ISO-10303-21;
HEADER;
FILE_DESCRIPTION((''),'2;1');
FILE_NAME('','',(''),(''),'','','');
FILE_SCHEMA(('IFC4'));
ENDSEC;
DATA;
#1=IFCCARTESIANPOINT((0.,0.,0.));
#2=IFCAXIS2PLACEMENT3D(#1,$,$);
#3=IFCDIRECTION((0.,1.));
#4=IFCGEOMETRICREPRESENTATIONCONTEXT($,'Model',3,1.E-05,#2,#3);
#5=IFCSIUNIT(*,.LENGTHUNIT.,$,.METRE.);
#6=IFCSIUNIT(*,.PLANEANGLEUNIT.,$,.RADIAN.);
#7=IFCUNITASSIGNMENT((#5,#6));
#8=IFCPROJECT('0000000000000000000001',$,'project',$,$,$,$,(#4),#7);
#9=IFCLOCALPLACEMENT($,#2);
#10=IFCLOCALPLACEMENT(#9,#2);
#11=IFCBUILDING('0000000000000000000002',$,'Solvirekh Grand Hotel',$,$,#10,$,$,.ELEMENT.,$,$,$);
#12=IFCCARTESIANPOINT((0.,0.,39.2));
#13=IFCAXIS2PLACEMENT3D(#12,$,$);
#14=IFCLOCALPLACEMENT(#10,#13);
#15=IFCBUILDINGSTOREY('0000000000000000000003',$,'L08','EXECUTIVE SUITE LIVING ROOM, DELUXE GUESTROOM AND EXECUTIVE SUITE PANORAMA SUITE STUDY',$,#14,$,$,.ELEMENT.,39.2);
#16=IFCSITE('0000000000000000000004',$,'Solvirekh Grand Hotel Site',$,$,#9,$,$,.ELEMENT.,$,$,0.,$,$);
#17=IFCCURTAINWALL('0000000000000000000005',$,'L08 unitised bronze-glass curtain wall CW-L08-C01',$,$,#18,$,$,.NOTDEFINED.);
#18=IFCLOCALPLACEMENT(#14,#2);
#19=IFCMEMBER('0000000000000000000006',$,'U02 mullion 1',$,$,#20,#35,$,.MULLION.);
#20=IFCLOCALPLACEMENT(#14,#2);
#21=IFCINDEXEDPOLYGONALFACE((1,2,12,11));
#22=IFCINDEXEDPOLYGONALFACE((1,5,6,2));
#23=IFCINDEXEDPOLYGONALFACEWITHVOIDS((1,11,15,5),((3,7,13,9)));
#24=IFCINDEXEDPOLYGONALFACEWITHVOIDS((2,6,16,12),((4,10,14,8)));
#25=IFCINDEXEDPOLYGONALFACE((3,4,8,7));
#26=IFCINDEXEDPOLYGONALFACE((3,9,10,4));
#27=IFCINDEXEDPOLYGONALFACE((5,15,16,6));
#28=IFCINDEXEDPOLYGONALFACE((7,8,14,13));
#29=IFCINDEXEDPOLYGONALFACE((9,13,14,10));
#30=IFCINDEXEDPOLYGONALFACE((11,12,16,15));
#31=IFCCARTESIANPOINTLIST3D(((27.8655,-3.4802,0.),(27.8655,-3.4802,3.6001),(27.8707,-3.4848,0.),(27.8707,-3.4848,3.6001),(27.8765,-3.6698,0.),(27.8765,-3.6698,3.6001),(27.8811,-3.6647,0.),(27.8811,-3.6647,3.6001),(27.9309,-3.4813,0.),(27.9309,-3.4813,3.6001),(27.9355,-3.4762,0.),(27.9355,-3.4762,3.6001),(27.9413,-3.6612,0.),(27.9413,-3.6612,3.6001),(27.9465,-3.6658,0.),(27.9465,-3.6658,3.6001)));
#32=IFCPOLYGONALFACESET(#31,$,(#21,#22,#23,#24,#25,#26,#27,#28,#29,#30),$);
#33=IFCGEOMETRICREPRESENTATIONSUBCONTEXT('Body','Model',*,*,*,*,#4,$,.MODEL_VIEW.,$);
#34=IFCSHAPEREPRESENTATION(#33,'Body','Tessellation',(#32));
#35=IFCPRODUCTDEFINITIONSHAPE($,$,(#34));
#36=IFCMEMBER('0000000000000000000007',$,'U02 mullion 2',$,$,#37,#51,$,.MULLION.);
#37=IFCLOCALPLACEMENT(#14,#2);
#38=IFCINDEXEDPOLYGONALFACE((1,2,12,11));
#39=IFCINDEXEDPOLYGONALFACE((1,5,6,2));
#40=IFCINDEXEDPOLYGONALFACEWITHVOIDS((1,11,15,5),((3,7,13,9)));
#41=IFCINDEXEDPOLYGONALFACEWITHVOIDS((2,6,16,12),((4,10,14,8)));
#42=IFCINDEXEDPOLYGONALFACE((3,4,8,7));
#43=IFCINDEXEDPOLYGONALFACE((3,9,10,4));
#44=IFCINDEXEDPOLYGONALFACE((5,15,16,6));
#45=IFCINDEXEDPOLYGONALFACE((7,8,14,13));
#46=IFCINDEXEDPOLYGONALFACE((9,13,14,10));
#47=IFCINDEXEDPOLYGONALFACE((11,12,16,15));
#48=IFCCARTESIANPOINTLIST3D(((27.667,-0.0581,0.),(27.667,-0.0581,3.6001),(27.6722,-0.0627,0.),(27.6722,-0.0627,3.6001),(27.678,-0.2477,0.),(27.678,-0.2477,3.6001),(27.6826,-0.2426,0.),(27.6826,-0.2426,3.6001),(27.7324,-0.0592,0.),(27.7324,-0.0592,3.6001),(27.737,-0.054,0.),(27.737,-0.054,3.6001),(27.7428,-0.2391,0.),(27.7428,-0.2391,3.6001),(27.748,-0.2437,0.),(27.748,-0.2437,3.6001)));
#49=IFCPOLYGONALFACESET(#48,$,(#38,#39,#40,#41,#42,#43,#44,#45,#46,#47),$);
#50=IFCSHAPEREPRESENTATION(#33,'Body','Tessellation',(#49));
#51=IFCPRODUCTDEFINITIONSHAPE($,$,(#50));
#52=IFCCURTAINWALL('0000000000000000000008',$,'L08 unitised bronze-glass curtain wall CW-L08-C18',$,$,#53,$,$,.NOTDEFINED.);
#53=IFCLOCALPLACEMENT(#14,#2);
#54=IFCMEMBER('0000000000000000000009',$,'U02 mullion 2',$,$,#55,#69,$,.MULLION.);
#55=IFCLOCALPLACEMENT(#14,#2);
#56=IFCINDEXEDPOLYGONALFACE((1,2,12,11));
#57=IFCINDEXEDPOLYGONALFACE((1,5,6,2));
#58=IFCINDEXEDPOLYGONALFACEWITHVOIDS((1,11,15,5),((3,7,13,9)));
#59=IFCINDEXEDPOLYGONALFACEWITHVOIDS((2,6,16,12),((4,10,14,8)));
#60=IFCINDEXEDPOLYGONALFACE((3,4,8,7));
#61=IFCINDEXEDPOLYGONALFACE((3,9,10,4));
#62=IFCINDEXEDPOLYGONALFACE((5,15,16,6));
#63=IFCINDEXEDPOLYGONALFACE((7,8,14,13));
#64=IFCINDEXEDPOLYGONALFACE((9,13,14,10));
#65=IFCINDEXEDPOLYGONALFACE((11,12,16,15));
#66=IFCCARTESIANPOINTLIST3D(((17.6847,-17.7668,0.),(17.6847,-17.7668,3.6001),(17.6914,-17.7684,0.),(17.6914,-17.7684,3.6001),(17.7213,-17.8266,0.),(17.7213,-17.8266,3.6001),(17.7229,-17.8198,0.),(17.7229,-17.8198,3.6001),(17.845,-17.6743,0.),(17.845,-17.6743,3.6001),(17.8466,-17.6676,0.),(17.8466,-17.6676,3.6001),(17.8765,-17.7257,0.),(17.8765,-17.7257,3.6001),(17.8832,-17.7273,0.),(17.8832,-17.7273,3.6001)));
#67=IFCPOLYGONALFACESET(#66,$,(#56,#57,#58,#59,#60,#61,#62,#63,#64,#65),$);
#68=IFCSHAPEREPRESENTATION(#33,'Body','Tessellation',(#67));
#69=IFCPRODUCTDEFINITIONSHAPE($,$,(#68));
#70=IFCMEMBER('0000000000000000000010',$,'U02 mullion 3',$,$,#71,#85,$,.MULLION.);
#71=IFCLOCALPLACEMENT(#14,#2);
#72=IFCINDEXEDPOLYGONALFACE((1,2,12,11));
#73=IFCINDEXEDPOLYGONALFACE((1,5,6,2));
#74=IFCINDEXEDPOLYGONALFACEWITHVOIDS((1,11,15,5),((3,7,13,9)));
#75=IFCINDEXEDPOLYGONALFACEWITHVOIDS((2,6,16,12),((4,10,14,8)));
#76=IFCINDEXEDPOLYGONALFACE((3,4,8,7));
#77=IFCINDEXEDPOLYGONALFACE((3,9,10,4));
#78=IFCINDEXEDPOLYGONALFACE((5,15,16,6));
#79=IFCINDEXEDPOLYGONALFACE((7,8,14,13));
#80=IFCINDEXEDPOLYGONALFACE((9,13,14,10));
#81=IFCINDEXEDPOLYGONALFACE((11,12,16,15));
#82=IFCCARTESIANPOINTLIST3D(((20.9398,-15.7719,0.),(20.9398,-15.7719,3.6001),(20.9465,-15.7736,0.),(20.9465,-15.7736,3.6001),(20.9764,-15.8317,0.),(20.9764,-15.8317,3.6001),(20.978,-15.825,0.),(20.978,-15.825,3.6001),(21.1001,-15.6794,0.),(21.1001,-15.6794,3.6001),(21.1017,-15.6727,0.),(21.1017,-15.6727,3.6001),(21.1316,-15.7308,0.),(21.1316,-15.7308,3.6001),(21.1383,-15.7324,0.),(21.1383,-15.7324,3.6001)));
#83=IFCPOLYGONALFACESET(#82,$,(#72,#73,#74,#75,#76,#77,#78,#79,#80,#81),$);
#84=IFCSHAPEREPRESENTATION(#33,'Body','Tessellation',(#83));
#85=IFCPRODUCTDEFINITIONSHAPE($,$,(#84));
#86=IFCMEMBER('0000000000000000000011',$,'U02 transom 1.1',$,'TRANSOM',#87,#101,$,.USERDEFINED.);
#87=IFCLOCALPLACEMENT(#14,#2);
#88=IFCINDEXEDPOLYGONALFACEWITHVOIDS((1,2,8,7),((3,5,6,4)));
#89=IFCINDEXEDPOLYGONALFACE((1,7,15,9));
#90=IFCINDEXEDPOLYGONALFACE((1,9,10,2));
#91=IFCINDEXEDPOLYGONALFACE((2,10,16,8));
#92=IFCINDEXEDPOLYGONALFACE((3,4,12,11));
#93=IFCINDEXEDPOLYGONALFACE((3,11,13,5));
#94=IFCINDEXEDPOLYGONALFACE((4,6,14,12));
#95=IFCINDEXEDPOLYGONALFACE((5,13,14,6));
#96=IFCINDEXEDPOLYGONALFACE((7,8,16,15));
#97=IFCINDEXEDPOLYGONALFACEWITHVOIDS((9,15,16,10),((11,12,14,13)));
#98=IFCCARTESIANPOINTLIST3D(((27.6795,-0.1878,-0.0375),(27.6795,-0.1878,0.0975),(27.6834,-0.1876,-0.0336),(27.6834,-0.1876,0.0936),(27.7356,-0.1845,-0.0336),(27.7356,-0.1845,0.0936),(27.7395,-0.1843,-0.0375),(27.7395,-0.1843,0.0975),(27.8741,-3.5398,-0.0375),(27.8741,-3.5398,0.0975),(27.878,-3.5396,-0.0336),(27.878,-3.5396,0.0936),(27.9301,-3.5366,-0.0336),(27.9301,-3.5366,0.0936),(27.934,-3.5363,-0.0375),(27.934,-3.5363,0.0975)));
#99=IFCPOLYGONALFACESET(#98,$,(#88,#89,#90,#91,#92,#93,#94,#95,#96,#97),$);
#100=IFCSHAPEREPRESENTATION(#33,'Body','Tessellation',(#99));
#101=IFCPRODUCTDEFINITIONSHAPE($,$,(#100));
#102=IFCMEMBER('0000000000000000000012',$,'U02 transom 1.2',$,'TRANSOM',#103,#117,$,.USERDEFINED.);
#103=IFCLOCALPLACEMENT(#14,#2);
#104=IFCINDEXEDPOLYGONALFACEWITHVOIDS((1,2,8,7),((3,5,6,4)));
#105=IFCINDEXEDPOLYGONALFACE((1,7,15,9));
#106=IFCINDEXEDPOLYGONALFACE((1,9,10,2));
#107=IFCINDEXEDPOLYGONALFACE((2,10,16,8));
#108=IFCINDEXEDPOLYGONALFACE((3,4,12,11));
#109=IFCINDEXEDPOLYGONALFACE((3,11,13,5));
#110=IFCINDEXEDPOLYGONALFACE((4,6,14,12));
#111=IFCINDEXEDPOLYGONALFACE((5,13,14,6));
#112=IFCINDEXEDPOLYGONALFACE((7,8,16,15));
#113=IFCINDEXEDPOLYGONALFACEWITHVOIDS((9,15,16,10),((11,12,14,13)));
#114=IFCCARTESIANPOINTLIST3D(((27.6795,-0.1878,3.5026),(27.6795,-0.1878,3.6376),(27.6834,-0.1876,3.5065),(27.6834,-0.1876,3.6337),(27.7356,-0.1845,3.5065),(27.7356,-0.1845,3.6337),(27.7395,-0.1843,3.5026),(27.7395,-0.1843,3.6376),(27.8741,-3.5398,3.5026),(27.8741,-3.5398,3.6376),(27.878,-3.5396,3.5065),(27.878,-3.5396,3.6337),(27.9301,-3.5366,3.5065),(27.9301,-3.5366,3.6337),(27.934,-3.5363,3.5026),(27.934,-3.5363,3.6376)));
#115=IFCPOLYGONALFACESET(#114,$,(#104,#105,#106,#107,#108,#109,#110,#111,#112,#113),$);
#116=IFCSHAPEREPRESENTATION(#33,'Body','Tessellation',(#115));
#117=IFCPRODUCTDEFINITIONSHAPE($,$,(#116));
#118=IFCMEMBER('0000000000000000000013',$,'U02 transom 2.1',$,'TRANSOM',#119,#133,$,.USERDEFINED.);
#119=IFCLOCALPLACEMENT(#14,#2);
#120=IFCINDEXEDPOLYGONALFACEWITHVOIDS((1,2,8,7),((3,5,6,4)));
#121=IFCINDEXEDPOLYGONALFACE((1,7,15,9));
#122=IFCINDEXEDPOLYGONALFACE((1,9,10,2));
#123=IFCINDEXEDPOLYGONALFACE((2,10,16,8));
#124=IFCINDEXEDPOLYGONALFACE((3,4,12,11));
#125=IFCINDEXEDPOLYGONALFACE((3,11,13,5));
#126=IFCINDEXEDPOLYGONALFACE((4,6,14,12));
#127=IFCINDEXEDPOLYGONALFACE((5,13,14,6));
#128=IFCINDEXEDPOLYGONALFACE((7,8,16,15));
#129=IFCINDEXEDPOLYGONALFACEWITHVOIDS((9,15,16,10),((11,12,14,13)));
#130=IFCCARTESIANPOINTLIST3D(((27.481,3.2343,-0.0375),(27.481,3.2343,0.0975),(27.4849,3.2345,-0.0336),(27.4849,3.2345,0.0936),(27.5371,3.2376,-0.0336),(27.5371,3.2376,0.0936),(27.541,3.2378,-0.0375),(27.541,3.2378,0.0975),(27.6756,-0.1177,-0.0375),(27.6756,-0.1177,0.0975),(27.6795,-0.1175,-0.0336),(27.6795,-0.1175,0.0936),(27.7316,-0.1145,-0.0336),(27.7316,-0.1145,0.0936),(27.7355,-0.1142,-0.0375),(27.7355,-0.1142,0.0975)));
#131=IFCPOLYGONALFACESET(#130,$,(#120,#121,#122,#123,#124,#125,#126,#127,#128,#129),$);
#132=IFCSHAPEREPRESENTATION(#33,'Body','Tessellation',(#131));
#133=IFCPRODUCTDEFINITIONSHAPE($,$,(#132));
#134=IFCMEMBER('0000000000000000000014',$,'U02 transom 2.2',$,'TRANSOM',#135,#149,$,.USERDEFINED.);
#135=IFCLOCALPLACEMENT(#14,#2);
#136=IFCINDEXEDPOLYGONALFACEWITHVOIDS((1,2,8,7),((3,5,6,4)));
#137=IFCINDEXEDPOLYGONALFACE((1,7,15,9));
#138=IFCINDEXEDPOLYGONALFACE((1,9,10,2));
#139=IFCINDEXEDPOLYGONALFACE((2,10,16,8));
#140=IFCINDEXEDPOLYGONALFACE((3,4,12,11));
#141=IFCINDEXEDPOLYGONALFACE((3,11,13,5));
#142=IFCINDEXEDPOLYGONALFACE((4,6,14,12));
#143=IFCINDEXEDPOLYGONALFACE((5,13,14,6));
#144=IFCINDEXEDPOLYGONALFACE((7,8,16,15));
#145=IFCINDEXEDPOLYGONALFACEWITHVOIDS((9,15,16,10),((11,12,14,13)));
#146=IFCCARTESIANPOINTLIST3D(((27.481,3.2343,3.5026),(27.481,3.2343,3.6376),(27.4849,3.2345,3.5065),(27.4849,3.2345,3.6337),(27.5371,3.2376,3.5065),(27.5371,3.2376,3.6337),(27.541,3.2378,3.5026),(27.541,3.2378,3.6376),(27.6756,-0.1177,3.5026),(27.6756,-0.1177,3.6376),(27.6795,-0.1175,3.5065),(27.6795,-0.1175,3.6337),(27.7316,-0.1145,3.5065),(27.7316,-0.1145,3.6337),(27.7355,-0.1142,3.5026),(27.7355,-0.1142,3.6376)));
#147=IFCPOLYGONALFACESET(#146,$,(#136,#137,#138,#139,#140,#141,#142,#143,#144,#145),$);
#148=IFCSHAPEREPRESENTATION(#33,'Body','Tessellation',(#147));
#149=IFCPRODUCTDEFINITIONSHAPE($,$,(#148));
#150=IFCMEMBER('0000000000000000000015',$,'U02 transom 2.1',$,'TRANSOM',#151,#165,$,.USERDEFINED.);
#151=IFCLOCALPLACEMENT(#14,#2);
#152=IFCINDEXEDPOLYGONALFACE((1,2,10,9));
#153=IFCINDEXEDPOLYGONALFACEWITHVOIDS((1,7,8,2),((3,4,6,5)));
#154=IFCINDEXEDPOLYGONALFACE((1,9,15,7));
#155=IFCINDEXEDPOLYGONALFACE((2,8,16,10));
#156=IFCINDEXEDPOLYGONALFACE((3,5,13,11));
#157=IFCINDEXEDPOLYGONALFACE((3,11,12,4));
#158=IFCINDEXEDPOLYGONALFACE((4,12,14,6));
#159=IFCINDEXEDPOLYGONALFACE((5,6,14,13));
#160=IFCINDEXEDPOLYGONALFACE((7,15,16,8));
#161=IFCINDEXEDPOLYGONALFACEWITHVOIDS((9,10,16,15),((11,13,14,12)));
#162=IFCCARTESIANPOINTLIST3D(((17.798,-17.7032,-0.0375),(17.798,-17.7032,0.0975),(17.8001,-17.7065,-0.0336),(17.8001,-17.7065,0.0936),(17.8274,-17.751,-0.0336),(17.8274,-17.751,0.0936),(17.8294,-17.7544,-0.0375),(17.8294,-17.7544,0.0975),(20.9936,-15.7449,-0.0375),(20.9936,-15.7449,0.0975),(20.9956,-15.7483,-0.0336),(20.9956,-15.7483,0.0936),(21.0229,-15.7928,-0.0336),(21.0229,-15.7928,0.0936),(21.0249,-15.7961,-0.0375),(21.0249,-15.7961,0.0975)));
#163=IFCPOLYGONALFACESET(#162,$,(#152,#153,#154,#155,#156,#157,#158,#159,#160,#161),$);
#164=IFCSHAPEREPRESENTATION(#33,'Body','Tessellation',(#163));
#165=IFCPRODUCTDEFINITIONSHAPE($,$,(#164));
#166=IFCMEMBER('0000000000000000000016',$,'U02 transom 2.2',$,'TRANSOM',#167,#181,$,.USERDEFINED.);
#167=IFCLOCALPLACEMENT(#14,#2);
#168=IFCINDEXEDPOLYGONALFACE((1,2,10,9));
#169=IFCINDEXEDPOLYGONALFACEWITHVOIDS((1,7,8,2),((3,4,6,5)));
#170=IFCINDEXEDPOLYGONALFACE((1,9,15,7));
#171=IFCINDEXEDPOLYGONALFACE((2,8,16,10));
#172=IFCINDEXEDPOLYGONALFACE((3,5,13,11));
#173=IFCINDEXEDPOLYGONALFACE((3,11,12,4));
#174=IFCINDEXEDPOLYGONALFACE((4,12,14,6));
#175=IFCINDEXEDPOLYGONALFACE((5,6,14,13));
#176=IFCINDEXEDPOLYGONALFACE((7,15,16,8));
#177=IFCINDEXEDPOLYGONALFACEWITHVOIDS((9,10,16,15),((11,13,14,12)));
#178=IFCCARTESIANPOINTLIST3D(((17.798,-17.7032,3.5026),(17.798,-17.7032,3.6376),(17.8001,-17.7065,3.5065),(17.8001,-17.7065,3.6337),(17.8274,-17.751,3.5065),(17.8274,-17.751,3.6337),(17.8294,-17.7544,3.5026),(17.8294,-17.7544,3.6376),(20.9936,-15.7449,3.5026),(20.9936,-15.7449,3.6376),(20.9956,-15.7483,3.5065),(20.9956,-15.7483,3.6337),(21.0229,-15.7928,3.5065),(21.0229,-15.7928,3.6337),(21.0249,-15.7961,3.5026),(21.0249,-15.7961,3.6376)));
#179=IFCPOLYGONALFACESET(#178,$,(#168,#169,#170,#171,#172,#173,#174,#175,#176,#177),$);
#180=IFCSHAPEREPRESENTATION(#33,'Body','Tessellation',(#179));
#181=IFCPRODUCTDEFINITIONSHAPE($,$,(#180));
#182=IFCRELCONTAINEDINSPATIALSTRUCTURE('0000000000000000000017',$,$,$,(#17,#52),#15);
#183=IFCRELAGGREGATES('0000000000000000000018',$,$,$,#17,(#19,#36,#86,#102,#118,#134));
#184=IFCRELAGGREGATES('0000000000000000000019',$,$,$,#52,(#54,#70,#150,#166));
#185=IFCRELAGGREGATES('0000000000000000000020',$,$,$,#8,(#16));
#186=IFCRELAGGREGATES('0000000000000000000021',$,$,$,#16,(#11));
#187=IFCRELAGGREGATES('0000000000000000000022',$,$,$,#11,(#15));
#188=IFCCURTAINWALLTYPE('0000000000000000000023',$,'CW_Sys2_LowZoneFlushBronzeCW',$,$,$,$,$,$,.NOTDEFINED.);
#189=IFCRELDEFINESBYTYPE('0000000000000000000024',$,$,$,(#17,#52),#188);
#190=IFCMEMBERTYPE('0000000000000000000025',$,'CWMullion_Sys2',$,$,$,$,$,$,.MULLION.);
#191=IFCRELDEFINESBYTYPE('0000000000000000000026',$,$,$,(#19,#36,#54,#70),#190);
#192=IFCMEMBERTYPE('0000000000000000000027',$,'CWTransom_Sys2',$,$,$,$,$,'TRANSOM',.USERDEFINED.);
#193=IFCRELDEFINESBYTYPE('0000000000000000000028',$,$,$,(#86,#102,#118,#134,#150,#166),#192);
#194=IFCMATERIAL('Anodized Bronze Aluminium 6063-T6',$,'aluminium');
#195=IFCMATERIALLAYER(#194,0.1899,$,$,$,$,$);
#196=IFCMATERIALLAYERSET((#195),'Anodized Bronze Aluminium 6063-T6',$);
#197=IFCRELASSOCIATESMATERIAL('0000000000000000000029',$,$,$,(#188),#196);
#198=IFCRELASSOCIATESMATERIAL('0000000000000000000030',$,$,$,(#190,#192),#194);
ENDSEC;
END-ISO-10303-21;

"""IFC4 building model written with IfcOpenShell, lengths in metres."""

from ifc_helpers import new_model, si_unit, direction, frame, origin, origin_2d, place, context, subcontext, project, spatial, hollow_rectangle, extrude, source, transform, mapped, material, layer, layer_set, material_profile, profile_set, type_object, element, aggregate, save


model = new_model("IFC4")

# Units and contexts
model_context = context("Model", 3, precision=1e-05, world=origin(), true_north=direction((0.0, 1.0)))
body_context = subcontext(model_context, "Body", "Model", "MODEL_VIEW")
ifc_project = project(units=[si_unit("LENGTHUNIT", "METRE"), si_unit("PLANEANGLEUNIT", "RADIAN")], contexts=[model_context])

# Site, building, storey
site_placement = place(None, origin())
site = spatial("IfcSite", under=ifc_project, at=site_placement, Name="Solvirekh Grand Hotel Site", CompositionType="ELEMENT", RefElevation=0.0)
building_placement = place(site_placement, origin())
building = spatial("IfcBuilding", under=site, at=building_placement, Name="Solvirekh Grand Hotel", CompositionType="ELEMENT")
storey_placement = place(building_placement, frame((0.0, 0.0, 39.2)))
storey = spatial("IfcBuildingStorey", under=building, at=storey_placement, Name="L08", Description="EXECUTIVE SUITE LIVING ROOM, DELUXE GUESTROOM AND EXECUTIVE SUITE PANORAMA SUITE STUDY", CompositionType="ELEMENT", Elevation=39.2)

# Curtain walls, members
ifc_material_1 = material(Name="Anodized Bronze Aluminium 6063-T6", Category="aluminium")
ifc_layer_1 = layer(ifc_material_1, 0.1899)
ifc_layer_set_1 = layer_set([ifc_layer_1], Name="Anodized Bronze Aluminium 6063-T6")
curtain_wall_type = type_object("IfcCurtainWallType", Name="CW_Sys2_LowZoneFlushBronzeCW", PredefinedType="NOTDEFINED", material=ifc_layer_set_1)
curtain_wall_1_placement = place(storey_placement, origin())
curtain_wall_1 = element("IfcCurtainWall", 1, at=curtain_wall_1_placement, inside=storey, type_object=curtain_wall_type, Name="L08 unitised bronze-glass curtain wall CW-L08-C01", PredefinedType="NOTDEFINED")
ifc_material_profile_1 = material_profile(ifc_material_1, hollow_rectangle(XDim=0.0701, YDim=0.1899, WallThickness=0.0049, at=origin_2d()), Name="ALU RHS 190X70X5")
ifc_profile_set_1 = profile_set([ifc_material_profile_1], Name="Anodized Bronze Aluminium 6063-T6")
member_type_1 = type_object("IfcMemberType", Name="CWMullion_Sys2", PredefinedType="MULLION", material=ifc_profile_set_1)
shared_shape_1 = source(origin(), body_context, "Body", "SweptSolid", [
    extrude(hollow_rectangle(XDim=0.0701, YDim=0.1899, WallThickness=0.0049, at=origin_2d()), origin(), (0.0, 0.0, 1.0), 3.6001),
])
member_1_placement = place(storey_placement, frame((27.906, -3.573, 0.0), z_axis=(0.0, 0.0, 1.0), x_axis=(-0.998322, -0.057901, 0.0)))
member_1 = element("IfcMember", 2, at=member_1_placement, type_object=member_type_1, Name="U02 mullion 1", PredefinedType="MULLION", context=body_context, shape_type="MappedRepresentation", body=[
    mapped(shared_shape_1, transform((0.0, 0.0, 0.0), x_axis=(1.0, 0.0, 0.0), y_axis=(0.0, 1.0, 0.0), z_axis=(0.0, 0.0, 1.0), scale=1.0)),
])
member_2_placement = place(storey_placement, frame((27.7075, -0.1509, 0.0), z_axis=(0.0, 0.0, 1.0), x_axis=(-0.998322, -0.057901, 0.0)))
member_2 = element("IfcMember", 3, at=member_2_placement, type_object=member_type_1, Name="U02 mullion 2", PredefinedType="MULLION", context=body_context, shape_type="MappedRepresentation", body=[
    mapped(shared_shape_1, transform((0.0, 0.0, 0.0), x_axis=(1.0, 0.0, 0.0), y_axis=(0.0, 1.0, 0.0), z_axis=(0.0, 0.0, 1.0), scale=1.0)),
])
curtain_wall_2_placement = place(storey_placement, origin())
curtain_wall_2 = element("IfcCurtainWall", 4, at=curtain_wall_2_placement, inside=storey, type_object=curtain_wall_type, Name="L08 unitised bronze-glass curtain wall CW-L08-C18", PredefinedType="NOTDEFINED")
member_3_placement = place(storey_placement, frame((17.7839, -17.7471, 0.0), z_axis=(0.0, 0.0, 1.0), x_axis=(-0.522489, 0.852646, 0.0)))
member_3 = element("IfcMember", 5, at=member_3_placement, type_object=member_type_1, Name="U02 mullion 2", PredefinedType="MULLION", context=body_context, shape_type="MappedRepresentation", body=[
    mapped(shared_shape_1, transform((0.0, 0.0, 0.0), x_axis=(1.0, 0.0, 0.0), y_axis=(0.0, 1.0, 0.0), z_axis=(0.0, 0.0, 1.0), scale=1.0)),
])
member_4_placement = place(storey_placement, frame((21.0391, -15.7522, 0.0), z_axis=(0.0, 0.0, 1.0), x_axis=(-0.522489, 0.852646, 0.0)))
member_4 = element("IfcMember", 6, at=member_4_placement, type_object=member_type_1, Name="U02 mullion 3", PredefinedType="MULLION", context=body_context, shape_type="MappedRepresentation", body=[
    mapped(shared_shape_1, transform((0.0, 0.0, 0.0), x_axis=(1.0, 0.0, 0.0), y_axis=(0.0, 1.0, 0.0), z_axis=(0.0, 0.0, 1.0), scale=1.0)),
])

# Members
ifc_material_profile_2 = material_profile(ifc_material_1, hollow_rectangle(XDim=0.0601, YDim=0.135, WallThickness=0.0039, at=origin_2d()), Name="ALU RHS 135X60X4")
ifc_profile_set_2 = profile_set([ifc_material_profile_2], Name="Anodized Bronze Aluminium 6063-T6")
member_type_2 = type_object("IfcMemberType", Name="CWTransom_Sys2", ElementType="TRANSOM", PredefinedType="USERDEFINED", material=ifc_profile_set_2)
shared_shape_2 = source(origin(), body_context, "Body", "SweptSolid", [
    extrude(hollow_rectangle(XDim=0.0601, YDim=0.135, WallThickness=0.0039, at=origin_2d()), origin(), (0.0, 0.0, 1.0), 3.3577),
])
member_5_placement = place(storey_placement, frame((27.9041, -3.5381, 0.03), z_axis=(-0.057951, 0.998319, 0.0), x_axis=(-0.998319, -0.057951, 0.0)))
member_5 = element("IfcMember", 7, at=member_5_placement, type_object=member_type_2, Name="U02 transom 1.1", ObjectType="TRANSOM", PredefinedType="USERDEFINED", context=body_context, shape_type="MappedRepresentation", body=[
    mapped(shared_shape_2, transform((0.0, 0.0, 0.0), x_axis=(1.0, 0.0, 0.0), y_axis=(0.0, 1.0, 0.0), z_axis=(0.0, 0.0, 1.0), scale=1.0)),
])
member_6_placement = place(storey_placement, frame((27.9041, -3.5381, 3.5701), z_axis=(-0.057951, 0.998319, 0.0), x_axis=(-0.998319, -0.057951, 0.0)))
member_6 = element("IfcMember", 8, at=member_6_placement, type_object=member_type_2, Name="U02 transom 1.2", ObjectType="TRANSOM", PredefinedType="USERDEFINED", context=body_context, shape_type="MappedRepresentation", body=[
    mapped(shared_shape_2, transform((0.0, 0.0, 0.0), x_axis=(1.0, 0.0, 0.0), y_axis=(0.0, 1.0, 0.0), z_axis=(0.0, 0.0, 1.0), scale=1.0)),
])
member_7_placement = place(storey_placement, frame((27.7056, -0.116, 0.03), z_axis=(-0.057951, 0.998319, 0.0), x_axis=(-0.998319, -0.057951, 0.0)))
member_7 = element("IfcMember", 9, at=member_7_placement, type_object=member_type_2, Name="U02 transom 2.1", ObjectType="TRANSOM", PredefinedType="USERDEFINED", context=body_context, shape_type="MappedRepresentation", body=[
    mapped(shared_shape_2, transform((0.0, 0.0, 0.0), x_axis=(1.0, 0.0, 0.0), y_axis=(0.0, 1.0, 0.0), z_axis=(0.0, 0.0, 1.0), scale=1.0)),
])
member_8_placement = place(storey_placement, frame((27.7056, -0.116, 3.5701), z_axis=(-0.057951, 0.998319, 0.0), x_axis=(-0.998319, -0.057951, 0.0)))
member_8 = element("IfcMember", 10, at=member_8_placement, type_object=member_type_2, Name="U02 transom 2.2", ObjectType="TRANSOM", PredefinedType="USERDEFINED", context=body_context, shape_type="MappedRepresentation", body=[
    mapped(shared_shape_2, transform((0.0, 0.0, 0.0), x_axis=(1.0, 0.0, 0.0), y_axis=(0.0, 1.0, 0.0), z_axis=(0.0, 0.0, 1.0), scale=1.0)),
])
shared_shape_3 = source(origin(), body_context, "Body", "SweptSolid", [
    extrude(hollow_rectangle(XDim=0.0601, YDim=0.135, WallThickness=0.0039, at=origin_2d()), origin(), (0.0, 0.0, 1.0), 3.7478),
])
member_9_placement = place(storey_placement, frame((17.8137, -17.7288, 0.03), z_axis=(0.852639, 0.522501, 0.0), x_axis=(-0.522501, 0.852639, 0.0)))
member_9 = element("IfcMember", 11, at=member_9_placement, type_object=member_type_2, Name="U02 transom 2.1", ObjectType="TRANSOM", PredefinedType="USERDEFINED", context=body_context, shape_type="MappedRepresentation", body=[
    mapped(shared_shape_3, transform((0.0, 0.0, 0.0), x_axis=(1.0, 0.0, 0.0), y_axis=(0.0, 1.0, 0.0), z_axis=(0.0, 0.0, 1.0), scale=1.0)),
])
member_10_placement = place(storey_placement, frame((17.8137, -17.7288, 3.5701), z_axis=(0.852639, 0.522501, 0.0), x_axis=(-0.522501, 0.852639, 0.0)))
member_10 = element("IfcMember", 12, at=member_10_placement, type_object=member_type_2, Name="U02 transom 2.2", ObjectType="TRANSOM", PredefinedType="USERDEFINED", context=body_context, shape_type="MappedRepresentation", body=[
    mapped(shared_shape_3, transform((0.0, 0.0, 0.0), x_axis=(1.0, 0.0, 0.0), y_axis=(0.0, 1.0, 0.0), z_axis=(0.0, 0.0, 1.0), scale=1.0)),
])

aggregate(curtain_wall_1, [member_1, member_2, member_5, member_6, member_7, member_8])
aggregate(curtain_wall_2, [member_3, member_4, member_9, member_10])

save(model, "model.ifc")
